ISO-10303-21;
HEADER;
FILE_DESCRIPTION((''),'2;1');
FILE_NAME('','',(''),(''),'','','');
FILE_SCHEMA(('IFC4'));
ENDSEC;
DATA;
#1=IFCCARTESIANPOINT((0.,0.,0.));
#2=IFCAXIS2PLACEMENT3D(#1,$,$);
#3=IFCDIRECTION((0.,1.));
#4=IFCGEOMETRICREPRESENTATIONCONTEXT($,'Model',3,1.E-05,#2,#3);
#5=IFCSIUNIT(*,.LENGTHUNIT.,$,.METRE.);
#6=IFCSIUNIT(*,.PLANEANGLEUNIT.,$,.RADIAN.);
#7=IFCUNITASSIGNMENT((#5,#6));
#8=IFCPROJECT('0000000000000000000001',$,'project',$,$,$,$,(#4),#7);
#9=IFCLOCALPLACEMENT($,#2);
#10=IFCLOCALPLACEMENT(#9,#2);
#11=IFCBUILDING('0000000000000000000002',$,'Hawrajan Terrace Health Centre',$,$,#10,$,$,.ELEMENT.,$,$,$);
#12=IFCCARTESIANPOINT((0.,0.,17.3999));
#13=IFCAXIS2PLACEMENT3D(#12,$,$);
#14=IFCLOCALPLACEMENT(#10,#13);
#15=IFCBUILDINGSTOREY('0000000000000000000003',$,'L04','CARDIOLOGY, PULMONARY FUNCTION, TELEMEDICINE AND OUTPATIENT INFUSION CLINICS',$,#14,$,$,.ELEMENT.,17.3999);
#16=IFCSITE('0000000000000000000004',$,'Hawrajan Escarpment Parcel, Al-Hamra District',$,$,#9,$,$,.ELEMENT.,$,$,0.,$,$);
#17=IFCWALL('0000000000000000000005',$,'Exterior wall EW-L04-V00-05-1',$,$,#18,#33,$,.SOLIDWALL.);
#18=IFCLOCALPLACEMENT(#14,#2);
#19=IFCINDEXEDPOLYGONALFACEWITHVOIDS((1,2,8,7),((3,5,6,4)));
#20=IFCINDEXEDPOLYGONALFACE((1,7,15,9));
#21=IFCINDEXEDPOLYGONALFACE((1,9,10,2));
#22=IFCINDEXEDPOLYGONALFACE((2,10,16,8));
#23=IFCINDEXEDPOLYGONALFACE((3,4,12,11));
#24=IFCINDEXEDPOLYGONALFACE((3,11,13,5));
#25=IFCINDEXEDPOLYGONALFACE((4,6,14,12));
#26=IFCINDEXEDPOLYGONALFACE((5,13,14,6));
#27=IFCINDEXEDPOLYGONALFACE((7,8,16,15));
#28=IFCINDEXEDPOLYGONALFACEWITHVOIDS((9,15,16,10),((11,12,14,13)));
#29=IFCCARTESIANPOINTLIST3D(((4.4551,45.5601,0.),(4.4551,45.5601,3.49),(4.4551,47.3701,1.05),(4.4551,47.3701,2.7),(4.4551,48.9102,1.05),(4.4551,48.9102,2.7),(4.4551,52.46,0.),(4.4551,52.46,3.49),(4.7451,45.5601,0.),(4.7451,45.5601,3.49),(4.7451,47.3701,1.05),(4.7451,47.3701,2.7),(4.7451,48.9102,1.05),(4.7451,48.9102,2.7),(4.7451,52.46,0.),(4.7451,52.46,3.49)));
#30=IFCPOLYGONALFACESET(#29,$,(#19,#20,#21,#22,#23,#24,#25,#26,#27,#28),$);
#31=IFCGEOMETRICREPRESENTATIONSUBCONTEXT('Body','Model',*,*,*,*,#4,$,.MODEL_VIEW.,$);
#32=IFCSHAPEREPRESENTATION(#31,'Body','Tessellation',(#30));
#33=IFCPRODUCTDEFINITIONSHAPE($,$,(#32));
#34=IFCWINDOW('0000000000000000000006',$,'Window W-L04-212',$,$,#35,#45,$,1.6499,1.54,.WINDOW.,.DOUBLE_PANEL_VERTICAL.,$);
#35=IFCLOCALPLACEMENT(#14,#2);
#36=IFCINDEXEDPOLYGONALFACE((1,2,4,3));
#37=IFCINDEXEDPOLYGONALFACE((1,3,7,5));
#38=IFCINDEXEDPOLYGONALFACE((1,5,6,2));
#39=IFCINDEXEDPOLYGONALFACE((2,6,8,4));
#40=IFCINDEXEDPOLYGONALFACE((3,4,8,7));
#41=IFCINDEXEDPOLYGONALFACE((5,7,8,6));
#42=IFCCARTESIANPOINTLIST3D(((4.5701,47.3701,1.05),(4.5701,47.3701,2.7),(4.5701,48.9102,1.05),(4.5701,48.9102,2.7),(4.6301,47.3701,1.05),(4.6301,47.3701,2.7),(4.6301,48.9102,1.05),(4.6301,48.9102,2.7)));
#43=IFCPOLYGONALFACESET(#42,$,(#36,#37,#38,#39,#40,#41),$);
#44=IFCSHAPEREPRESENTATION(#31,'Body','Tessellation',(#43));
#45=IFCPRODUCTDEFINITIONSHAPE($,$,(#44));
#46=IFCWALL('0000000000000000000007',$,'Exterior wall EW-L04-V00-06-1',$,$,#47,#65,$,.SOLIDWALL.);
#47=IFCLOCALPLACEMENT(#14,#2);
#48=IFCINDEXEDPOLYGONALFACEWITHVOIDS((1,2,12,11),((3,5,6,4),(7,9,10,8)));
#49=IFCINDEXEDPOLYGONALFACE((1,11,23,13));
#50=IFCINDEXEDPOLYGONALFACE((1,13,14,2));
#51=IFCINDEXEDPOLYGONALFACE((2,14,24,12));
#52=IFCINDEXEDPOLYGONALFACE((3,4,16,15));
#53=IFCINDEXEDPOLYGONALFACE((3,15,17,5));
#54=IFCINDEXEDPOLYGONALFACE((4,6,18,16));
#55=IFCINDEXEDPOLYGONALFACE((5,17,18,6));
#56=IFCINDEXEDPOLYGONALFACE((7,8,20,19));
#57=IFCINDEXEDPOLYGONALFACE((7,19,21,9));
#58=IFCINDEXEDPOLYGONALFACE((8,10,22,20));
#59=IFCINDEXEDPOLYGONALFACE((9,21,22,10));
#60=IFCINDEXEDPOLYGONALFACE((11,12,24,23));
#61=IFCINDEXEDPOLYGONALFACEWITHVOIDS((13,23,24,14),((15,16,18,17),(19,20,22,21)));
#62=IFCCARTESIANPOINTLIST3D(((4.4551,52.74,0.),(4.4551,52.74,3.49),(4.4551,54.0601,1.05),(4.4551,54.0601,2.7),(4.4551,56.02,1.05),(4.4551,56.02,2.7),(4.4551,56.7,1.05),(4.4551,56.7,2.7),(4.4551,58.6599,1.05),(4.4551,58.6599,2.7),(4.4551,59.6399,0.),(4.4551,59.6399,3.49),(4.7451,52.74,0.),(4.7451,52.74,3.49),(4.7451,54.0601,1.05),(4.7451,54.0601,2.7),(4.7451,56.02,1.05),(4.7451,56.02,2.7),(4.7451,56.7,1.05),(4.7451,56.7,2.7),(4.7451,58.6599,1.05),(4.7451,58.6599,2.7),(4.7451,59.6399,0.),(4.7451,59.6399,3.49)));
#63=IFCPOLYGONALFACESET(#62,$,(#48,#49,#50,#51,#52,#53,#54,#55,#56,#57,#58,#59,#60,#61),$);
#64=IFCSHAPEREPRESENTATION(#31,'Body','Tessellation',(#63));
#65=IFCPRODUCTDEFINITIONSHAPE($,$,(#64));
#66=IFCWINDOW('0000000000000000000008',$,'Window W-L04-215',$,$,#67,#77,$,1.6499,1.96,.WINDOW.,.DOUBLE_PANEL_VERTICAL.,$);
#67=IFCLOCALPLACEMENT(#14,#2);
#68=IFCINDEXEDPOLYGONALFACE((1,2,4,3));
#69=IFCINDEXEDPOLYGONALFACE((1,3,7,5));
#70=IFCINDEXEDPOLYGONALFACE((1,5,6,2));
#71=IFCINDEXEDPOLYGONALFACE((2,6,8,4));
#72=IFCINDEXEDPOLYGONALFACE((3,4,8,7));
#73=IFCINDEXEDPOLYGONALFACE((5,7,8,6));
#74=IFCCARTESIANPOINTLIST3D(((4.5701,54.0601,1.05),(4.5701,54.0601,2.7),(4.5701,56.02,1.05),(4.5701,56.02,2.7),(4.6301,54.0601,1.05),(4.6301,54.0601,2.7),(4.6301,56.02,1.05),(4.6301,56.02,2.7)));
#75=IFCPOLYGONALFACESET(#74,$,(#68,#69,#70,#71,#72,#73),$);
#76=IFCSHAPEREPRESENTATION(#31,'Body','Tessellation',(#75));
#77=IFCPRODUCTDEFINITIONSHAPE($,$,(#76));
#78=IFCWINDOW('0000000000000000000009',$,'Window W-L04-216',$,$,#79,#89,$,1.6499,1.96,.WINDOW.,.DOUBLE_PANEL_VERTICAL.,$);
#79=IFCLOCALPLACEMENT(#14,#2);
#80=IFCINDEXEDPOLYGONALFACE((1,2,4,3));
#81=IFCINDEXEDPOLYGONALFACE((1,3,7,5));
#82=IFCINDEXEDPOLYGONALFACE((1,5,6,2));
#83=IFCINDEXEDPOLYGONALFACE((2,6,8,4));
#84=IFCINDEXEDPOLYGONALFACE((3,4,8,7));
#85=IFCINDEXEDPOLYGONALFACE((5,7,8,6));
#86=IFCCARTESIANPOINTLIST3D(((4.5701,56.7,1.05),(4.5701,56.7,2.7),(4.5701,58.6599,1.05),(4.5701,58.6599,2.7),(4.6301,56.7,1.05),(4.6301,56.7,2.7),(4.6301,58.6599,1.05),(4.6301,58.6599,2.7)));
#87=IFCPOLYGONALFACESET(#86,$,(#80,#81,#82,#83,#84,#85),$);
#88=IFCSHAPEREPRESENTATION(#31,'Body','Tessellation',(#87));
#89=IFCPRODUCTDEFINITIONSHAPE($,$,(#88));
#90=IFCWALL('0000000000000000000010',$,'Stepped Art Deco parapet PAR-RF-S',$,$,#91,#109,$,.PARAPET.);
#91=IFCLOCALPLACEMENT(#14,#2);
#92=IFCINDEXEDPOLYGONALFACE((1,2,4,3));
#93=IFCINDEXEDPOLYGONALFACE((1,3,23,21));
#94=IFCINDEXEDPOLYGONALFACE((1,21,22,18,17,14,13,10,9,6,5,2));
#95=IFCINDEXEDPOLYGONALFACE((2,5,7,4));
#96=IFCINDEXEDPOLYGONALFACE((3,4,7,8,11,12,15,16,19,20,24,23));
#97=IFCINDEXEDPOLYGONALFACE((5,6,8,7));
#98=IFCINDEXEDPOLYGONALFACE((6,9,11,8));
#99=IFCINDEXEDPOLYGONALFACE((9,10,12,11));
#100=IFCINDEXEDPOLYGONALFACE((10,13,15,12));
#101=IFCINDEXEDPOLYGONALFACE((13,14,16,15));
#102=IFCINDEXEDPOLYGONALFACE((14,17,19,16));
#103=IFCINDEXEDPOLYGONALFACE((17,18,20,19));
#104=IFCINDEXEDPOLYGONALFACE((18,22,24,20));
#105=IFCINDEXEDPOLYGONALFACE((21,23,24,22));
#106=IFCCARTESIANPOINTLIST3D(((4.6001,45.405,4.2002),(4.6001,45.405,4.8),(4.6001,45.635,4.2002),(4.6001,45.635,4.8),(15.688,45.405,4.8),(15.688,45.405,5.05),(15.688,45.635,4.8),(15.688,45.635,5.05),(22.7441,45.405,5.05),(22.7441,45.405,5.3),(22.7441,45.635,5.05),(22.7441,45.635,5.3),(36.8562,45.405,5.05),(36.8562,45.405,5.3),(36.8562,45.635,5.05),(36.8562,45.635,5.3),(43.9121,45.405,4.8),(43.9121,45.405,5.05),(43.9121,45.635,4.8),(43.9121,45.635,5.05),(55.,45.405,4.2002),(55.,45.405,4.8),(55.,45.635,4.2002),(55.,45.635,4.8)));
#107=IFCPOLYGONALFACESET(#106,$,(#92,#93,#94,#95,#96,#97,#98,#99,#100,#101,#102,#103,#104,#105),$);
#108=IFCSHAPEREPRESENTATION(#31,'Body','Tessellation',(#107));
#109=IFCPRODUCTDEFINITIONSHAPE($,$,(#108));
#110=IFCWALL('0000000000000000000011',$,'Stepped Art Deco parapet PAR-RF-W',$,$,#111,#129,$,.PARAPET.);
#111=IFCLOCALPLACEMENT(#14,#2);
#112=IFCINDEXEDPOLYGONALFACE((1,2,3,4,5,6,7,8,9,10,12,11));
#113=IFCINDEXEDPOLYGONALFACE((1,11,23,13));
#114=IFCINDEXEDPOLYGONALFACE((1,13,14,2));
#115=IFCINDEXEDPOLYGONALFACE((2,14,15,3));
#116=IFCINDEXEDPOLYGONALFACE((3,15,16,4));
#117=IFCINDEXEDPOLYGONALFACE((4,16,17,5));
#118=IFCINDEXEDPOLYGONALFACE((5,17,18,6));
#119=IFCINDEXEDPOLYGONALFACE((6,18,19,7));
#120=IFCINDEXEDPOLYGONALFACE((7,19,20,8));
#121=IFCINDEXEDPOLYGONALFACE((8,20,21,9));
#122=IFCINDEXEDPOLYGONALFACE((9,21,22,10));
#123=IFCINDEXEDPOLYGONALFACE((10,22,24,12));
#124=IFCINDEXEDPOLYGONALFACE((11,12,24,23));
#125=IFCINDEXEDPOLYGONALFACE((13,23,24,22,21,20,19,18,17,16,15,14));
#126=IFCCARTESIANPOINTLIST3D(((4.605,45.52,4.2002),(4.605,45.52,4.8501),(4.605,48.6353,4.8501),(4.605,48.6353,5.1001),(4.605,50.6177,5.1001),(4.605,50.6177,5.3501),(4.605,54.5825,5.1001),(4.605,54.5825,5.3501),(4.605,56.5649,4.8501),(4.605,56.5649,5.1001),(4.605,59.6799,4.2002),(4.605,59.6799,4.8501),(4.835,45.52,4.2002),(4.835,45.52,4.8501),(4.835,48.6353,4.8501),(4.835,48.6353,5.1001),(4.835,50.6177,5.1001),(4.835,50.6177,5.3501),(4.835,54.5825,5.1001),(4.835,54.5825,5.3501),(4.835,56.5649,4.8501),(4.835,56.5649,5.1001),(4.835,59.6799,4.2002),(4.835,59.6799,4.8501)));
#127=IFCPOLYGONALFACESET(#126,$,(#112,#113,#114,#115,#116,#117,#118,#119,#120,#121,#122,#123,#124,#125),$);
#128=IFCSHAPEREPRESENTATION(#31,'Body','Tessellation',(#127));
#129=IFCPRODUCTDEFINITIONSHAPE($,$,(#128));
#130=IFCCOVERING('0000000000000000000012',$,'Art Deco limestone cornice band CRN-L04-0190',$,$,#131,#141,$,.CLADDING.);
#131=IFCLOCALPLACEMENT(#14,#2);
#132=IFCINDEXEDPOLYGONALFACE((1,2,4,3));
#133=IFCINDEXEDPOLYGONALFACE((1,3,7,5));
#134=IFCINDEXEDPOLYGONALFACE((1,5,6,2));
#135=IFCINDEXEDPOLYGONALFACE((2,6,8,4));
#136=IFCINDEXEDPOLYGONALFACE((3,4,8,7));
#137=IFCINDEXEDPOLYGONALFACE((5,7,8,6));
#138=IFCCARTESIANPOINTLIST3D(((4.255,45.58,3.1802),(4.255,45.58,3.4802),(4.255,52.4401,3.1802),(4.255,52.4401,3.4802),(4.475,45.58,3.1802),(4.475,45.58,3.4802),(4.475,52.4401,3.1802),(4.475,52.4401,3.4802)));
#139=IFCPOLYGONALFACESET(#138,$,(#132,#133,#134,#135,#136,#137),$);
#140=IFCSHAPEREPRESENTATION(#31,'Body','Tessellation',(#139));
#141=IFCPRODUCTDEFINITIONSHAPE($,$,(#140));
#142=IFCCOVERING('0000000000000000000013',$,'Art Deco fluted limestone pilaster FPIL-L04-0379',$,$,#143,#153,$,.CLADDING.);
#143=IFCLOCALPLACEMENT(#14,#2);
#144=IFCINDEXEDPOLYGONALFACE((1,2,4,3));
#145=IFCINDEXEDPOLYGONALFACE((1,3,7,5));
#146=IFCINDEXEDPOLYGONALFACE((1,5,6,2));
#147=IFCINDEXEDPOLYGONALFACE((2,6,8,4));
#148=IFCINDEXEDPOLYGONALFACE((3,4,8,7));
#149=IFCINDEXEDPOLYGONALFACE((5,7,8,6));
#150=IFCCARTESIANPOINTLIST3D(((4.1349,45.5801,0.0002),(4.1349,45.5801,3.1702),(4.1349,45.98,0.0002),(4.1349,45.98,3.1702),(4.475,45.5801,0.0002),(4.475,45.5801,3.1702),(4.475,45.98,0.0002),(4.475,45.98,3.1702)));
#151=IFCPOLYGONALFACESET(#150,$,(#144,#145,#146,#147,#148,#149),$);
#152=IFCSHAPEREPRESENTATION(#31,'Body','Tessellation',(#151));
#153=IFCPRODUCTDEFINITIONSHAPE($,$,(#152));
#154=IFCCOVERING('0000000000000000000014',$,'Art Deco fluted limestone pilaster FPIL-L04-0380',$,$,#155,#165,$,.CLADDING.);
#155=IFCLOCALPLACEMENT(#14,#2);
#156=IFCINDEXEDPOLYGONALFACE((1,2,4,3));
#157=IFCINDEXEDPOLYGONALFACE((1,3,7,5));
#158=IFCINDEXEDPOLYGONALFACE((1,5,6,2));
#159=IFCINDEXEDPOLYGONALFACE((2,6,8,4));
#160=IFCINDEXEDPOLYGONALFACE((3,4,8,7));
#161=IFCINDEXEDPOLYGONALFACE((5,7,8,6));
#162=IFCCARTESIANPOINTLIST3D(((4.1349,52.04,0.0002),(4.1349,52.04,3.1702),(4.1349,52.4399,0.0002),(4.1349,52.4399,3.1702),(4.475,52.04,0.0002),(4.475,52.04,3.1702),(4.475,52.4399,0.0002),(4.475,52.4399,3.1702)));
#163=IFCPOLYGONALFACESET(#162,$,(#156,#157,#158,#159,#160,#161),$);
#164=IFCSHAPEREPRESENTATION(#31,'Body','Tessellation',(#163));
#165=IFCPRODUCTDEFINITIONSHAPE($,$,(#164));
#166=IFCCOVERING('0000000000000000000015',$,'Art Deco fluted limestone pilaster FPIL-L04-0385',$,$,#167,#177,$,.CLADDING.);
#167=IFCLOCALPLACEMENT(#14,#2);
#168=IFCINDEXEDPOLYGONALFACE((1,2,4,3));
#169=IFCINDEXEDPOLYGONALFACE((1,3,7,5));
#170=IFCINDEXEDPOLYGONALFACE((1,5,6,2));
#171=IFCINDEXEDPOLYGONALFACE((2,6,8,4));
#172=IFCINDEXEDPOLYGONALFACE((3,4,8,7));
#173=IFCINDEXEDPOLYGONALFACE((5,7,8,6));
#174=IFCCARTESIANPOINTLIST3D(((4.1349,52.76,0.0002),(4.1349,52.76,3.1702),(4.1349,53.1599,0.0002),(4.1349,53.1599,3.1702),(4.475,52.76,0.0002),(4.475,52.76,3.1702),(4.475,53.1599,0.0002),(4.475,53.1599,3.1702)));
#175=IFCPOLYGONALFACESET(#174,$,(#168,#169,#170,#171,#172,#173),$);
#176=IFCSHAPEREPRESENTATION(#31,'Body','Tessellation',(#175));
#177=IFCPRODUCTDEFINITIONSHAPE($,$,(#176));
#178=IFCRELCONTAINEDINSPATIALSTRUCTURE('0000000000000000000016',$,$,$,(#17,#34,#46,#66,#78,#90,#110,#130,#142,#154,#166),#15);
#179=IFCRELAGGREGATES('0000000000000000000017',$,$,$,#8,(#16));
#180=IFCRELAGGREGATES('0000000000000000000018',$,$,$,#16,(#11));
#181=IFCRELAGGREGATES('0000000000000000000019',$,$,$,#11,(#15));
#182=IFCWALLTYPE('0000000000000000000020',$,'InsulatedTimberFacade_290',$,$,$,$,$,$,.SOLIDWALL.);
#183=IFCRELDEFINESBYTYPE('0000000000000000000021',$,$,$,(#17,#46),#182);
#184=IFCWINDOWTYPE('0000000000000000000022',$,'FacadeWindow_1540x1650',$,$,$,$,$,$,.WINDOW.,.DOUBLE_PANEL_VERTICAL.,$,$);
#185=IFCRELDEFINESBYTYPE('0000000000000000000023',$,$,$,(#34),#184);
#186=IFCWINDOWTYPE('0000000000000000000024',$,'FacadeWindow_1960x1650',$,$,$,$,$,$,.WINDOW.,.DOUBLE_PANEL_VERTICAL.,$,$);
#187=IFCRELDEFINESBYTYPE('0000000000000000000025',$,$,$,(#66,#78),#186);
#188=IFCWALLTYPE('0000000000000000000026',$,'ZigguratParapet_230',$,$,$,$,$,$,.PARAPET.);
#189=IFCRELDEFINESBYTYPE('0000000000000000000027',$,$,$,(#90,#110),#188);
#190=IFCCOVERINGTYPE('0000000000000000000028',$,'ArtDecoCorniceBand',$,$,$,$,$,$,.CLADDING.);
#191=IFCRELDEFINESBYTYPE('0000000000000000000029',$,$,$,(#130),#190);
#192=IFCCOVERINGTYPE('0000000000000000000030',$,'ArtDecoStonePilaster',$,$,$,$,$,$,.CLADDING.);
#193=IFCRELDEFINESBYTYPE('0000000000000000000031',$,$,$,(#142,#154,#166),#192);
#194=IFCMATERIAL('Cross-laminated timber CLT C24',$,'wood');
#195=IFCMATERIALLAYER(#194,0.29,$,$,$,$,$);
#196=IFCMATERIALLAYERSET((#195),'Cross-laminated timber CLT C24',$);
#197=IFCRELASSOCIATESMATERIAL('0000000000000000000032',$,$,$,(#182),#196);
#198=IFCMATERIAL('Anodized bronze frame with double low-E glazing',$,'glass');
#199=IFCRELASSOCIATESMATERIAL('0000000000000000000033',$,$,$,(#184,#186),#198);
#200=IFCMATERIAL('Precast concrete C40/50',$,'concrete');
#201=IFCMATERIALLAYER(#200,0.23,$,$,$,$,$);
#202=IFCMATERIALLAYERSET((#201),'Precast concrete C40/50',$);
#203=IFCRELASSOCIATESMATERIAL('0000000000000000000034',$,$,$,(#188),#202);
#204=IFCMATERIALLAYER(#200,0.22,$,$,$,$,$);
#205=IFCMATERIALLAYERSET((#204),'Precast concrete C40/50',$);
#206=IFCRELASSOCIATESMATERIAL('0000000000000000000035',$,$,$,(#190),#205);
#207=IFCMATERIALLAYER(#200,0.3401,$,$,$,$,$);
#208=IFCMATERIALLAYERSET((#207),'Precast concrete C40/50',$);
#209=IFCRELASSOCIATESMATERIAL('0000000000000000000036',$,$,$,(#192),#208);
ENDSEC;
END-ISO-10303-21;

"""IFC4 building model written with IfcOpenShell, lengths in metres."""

from ifc_helpers import new_model, si_unit, direction, frame, frame_2d, origin, origin_2d, place, context, subcontext, project, spatial, polyline, rectangle, outline, extrude, material, layer, layer_set, type_object, element, fill, save


model = new_model("IFC4")

# Units and contexts
model_context = context("Model", 3, precision=1e-05, world=origin(), true_north=direction((0.0, 1.0)))
body_context = subcontext(model_context, "Body", "Model", "MODEL_VIEW")
ifc_project = project(units=[si_unit("LENGTHUNIT", "METRE"), si_unit("PLANEANGLEUNIT", "RADIAN")], contexts=[model_context])

# Site, building, storey
site_placement = place(None, origin())
site = spatial("IfcSite", under=ifc_project, at=site_placement, Name="Hawrajan Escarpment Parcel, Al-Hamra District", CompositionType="ELEMENT", RefElevation=0.0)
building_placement = place(site_placement, origin())
building = spatial("IfcBuilding", under=site, at=building_placement, Name="Hawrajan Terrace Health Centre", CompositionType="ELEMENT")
storey_placement = place(building_placement, frame((0.0, 0.0, 17.3999)))
storey = spatial("IfcBuildingStorey", under=building, at=storey_placement, Name="L04", Description="CARDIOLOGY, PULMONARY FUNCTION, TELEMEDICINE AND OUTPATIENT INFUSION CLINICS", CompositionType="ELEMENT", Elevation=17.3999)

# Wall, opening, window
ifc_material_1 = material(Name="Cross-laminated timber CLT C24", Category="wood")
ifc_layer_1 = layer(ifc_material_1, 0.29)
ifc_layer_set_1 = layer_set([ifc_layer_1], Name="Cross-laminated timber CLT C24")
wall_type_1 = type_object("IfcWallType", Name="InsulatedTimberFacade_290", PredefinedType="SOLIDWALL", material=ifc_layer_set_1)
wall_1_placement = place(storey_placement, frame((4.6001, 45.5601, 0.0), z_axis=(0.0, 0.0, 1.0), x_axis=(0.0, 1.0, 0.0)))
wall_1 = element("IfcWall", 1, at=wall_1_placement, inside=storey, type_object=wall_type_1, Name="Exterior wall EW-L04-V00-05-1", PredefinedType="SOLIDWALL", context=body_context, shape_type="SweptSolid", body=[
    extrude(rectangle(XDim=6.8999, YDim=0.29, at=frame_2d((3.45, 0.0))), origin(), (0.0, 0.0, 1.0), 3.49),
])
opening_1_placement = place(wall_1_placement, frame((1.8101, 0.0, 1.05)))
opening_1 = element("IfcOpeningElement", 2, at=opening_1_placement, cuts=wall_1, PredefinedType="OPENING", context=body_context, shape_type="SweptSolid", body=[
    extrude(rectangle(XDim=1.54, YDim=1.6499, at=frame_2d((0.77, 0.825))), frame((0.0, 0.155, 0.0), z_axis=(0.0, -1.0, 0.0), x_axis=(1.0, 0.0, 0.0)), (0.0, 0.0, 1.0), 0.3101),
])
ifc_material_2 = material(Name="Anodized bronze frame with double low-E glazing", Category="glass")
window_type_1 = type_object("IfcWindowType", Name="FacadeWindow_1540x1650", PartitioningType="DOUBLE_PANEL_VERTICAL", PredefinedType="WINDOW", material=ifc_material_2)
window_1_placement = place(opening_1_placement, origin())
window_1 = element("IfcWindow", 3, at=window_1_placement, inside=storey, type_object=window_type_1, Name="Window W-L04-212", OverallHeight=1.6499, OverallWidth=1.54, PartitioningType="DOUBLE_PANEL_VERTICAL", PredefinedType="WINDOW", context=body_context, shape_type="SweptSolid", body=[
    extrude(rectangle(XDim=1.54, YDim=1.6499, at=frame_2d((0.77, 0.825))), frame((0.0, 0.03, 0.0), z_axis=(0.0, -1.0, 0.0), x_axis=(1.0, 0.0, 0.0)), (0.0, 0.0, 1.0), 0.0601),
])
fill(opening_1, window_1)

# Wall, openings, windows
wall_2_placement = place(storey_placement, frame((4.6001, 52.74, 0.0), z_axis=(0.0, 0.0, 1.0), x_axis=(0.0, 1.0, 0.0)))
wall_2 = element("IfcWall", 4, at=wall_2_placement, inside=storey, type_object=wall_type_1, Name="Exterior wall EW-L04-V00-06-1", PredefinedType="SOLIDWALL", context=body_context, shape_type="SweptSolid", body=[
    extrude(rectangle(XDim=6.8999, YDim=0.29, at=frame_2d((3.45, 0.0))), origin(), (0.0, 0.0, 1.0), 3.49),
])
opening_2_placement = place(wall_2_placement, frame((1.3201, 0.0, 1.05)))
opening_2 = element("IfcOpeningElement", 5, at=opening_2_placement, cuts=wall_2, PredefinedType="OPENING", context=body_context, shape_type="SweptSolid", body=[
    extrude(rectangle(XDim=1.96, YDim=1.6499, at=frame_2d((0.98, 0.825))), frame((0.0, 0.155, 0.0), z_axis=(0.0, -1.0, 0.0), x_axis=(1.0, 0.0, 0.0)), (0.0, 0.0, 1.0), 0.3101),
])
opening_3_placement = place(wall_2_placement, frame((3.96, 0.0, 1.05)))
opening_3 = element("IfcOpeningElement", 6, at=opening_3_placement, cuts=wall_2, PredefinedType="OPENING", context=body_context, shape_type="SweptSolid", body=[
    extrude(rectangle(XDim=1.96, YDim=1.6499, at=frame_2d((0.98, 0.825))), frame((0.0, 0.155, 0.0), z_axis=(0.0, -1.0, 0.0), x_axis=(1.0, 0.0, 0.0)), (0.0, 0.0, 1.0), 0.3101),
])
window_type_2 = type_object("IfcWindowType", Name="FacadeWindow_1960x1650", PartitioningType="DOUBLE_PANEL_VERTICAL", PredefinedType="WINDOW", material=ifc_material_2)
window_2_placement = place(opening_2_placement, origin())
window_2 = element("IfcWindow", 7, at=window_2_placement, inside=storey, type_object=window_type_2, Name="Window W-L04-215", OverallHeight=1.6499, OverallWidth=1.96, PartitioningType="DOUBLE_PANEL_VERTICAL", PredefinedType="WINDOW", context=body_context, shape_type="SweptSolid", body=[
    extrude(rectangle(XDim=1.96, YDim=1.6499, at=frame_2d((0.98, 0.825))), frame((0.0, 0.03, 0.0), z_axis=(0.0, -1.0, 0.0), x_axis=(1.0, 0.0, 0.0)), (0.0, 0.0, 1.0), 0.0601),
])
fill(opening_2, window_2)
window_3_placement = place(opening_3_placement, origin())
window_3 = element("IfcWindow", 8, at=window_3_placement, inside=storey, type_object=window_type_2, Name="Window W-L04-216", OverallHeight=1.6499, OverallWidth=1.96, PartitioningType="DOUBLE_PANEL_VERTICAL", PredefinedType="WINDOW", context=body_context, shape_type="SweptSolid", body=[
    extrude(rectangle(XDim=1.96, YDim=1.6499, at=frame_2d((0.98, 0.825))), frame((0.0, 0.03, 0.0), z_axis=(0.0, -1.0, 0.0), x_axis=(1.0, 0.0, 0.0)), (0.0, 0.0, 1.0), 0.0601),
])
fill(opening_3, window_3)

# Walls
ifc_material_3 = material(Name="Precast concrete C40/50", Category="concrete")
ifc_layer_2 = layer(ifc_material_3, 0.23)
ifc_layer_set_2 = layer_set([ifc_layer_2], Name="Precast concrete C40/50")
wall_type_2 = type_object("IfcWallType", Name="ZigguratParapet_230", PredefinedType="PARAPET", material=ifc_layer_set_2)
wall_3_placement = place(storey_placement, frame((4.6001, 45.52, 4.2002), z_axis=(0.0, 0.0, 1.0), x_axis=(1.0, 0.0, 0.0)))
element("IfcWall", 9, at=wall_3_placement, inside=storey, type_object=wall_type_2, Name="Stepped Art Deco parapet PAR-RF-S", PredefinedType="PARAPET", context=body_context, shape_type="SweptSolid", body=[
    extrude(outline(polyline([(0.0, 0.0), (50.3999, 0.0), (50.3999, 0.5999), (39.312, 0.8499), (39.312, 0.5999), (32.2561, 1.0999), (32.2561, 0.8499), (18.144, 1.0999), (18.144, 0.8499), (11.0879, 0.8499), (11.0879, 0.5999), (0.0, 0.5999), (0.0, 0.0)])), frame((0.0, 0.115, 0.0), z_axis=(0.0, -1.0, 0.0), x_axis=(1.0, 0.0, 0.0)), (0.0, 0.0, 1.0), 0.23),
])
wall_4_placement = place(storey_placement, frame((4.72, 45.52, 4.2002), z_axis=(0.0, 0.0, 1.0), x_axis=(0.0, 1.0, 0.0)))
element("IfcWall", 10, at=wall_4_placement, inside=storey, type_object=wall_type_2, Name="Stepped Art Deco parapet PAR-RF-W", PredefinedType="PARAPET", context=body_context, shape_type="SweptSolid", body=[
    extrude(outline(polyline([(0.0, 0.0), (14.1599, 0.0), (14.1599, 0.6499), (11.0449, 0.8999), (11.0449, 0.6499), (9.0625, 1.1499), (9.0625, 0.8999), (5.0977, 1.1499), (5.0977, 0.8999), (3.1152, 0.8999), (3.1152, 0.6499), (0.0, 0.6499), (0.0, 0.0)])), frame((0.0, 0.115, 0.0), z_axis=(0.0, -1.0, 0.0), x_axis=(1.0, 0.0, 0.0)), (0.0, 0.0, 1.0), 0.23),
])

# Coverings
ifc_layer_3 = layer(ifc_material_3, 0.22)
ifc_layer_set_3 = layer_set([ifc_layer_3], Name="Precast concrete C40/50")
covering_type_1 = type_object("IfcCoveringType", Name="ArtDecoCorniceBand", PredefinedType="CLADDING", material=ifc_layer_set_3)
covering_placement = place(storey_placement, frame((4.365, 49.01, 3.1802), z_axis=(0.0, 0.0, 1.0), x_axis=(0.0, 1.0, 0.0)))
element("IfcCovering", 11, at=covering_placement, inside=storey, type_object=covering_type_1, Name="Art Deco limestone cornice band CRN-L04-0190", PredefinedType="CLADDING", context=body_context, shape_type="SweptSolid", body=[
    extrude(rectangle(XDim=6.8601, YDim=0.22, at=origin_2d()), origin(), (0.0, 0.0, 1.0), 0.3),
])
ifc_layer_4 = layer(ifc_material_3, 0.3401)
ifc_layer_set_4 = layer_set([ifc_layer_4], Name="Precast concrete C40/50")
covering_type_2 = type_object("IfcCoveringType", Name="ArtDecoStonePilaster", PredefinedType="CLADDING", material=ifc_layer_set_4)
for number, where, z_axis, x_axis, name in (
    (12, (4.3049, 45.78, 0.0002), (0.0, 0.0, 1.0), (0.0, 1.0, 0.0), "Art Deco fluted limestone pilaster FPIL-L04-0379"),
    (13, (4.3049, 52.24, 0.0002), (0.0, 0.0, 1.0), (0.0, 1.0, 0.0), "Art Deco fluted limestone pilaster FPIL-L04-0380"),
    (14, (4.3049, 52.96, 0.0002), (0.0, 0.0, 1.0), (0.0, 1.0, 0.0), "Art Deco fluted limestone pilaster FPIL-L04-0385"),
):
    element("IfcCovering", number, at=place(storey_placement, frame(where, z_axis=z_axis, x_axis=x_axis)), inside=storey, type_object=covering_type_2, Name=name, PredefinedType="CLADDING", context=body_context, shape_type="SweptSolid", body=[
        extrude(rectangle(XDim=0.3999, YDim=0.3401, at=origin_2d()), origin(), (0.0, 0.0, 1.0), 3.1699),
    ])

save(model, "model.ifc")
